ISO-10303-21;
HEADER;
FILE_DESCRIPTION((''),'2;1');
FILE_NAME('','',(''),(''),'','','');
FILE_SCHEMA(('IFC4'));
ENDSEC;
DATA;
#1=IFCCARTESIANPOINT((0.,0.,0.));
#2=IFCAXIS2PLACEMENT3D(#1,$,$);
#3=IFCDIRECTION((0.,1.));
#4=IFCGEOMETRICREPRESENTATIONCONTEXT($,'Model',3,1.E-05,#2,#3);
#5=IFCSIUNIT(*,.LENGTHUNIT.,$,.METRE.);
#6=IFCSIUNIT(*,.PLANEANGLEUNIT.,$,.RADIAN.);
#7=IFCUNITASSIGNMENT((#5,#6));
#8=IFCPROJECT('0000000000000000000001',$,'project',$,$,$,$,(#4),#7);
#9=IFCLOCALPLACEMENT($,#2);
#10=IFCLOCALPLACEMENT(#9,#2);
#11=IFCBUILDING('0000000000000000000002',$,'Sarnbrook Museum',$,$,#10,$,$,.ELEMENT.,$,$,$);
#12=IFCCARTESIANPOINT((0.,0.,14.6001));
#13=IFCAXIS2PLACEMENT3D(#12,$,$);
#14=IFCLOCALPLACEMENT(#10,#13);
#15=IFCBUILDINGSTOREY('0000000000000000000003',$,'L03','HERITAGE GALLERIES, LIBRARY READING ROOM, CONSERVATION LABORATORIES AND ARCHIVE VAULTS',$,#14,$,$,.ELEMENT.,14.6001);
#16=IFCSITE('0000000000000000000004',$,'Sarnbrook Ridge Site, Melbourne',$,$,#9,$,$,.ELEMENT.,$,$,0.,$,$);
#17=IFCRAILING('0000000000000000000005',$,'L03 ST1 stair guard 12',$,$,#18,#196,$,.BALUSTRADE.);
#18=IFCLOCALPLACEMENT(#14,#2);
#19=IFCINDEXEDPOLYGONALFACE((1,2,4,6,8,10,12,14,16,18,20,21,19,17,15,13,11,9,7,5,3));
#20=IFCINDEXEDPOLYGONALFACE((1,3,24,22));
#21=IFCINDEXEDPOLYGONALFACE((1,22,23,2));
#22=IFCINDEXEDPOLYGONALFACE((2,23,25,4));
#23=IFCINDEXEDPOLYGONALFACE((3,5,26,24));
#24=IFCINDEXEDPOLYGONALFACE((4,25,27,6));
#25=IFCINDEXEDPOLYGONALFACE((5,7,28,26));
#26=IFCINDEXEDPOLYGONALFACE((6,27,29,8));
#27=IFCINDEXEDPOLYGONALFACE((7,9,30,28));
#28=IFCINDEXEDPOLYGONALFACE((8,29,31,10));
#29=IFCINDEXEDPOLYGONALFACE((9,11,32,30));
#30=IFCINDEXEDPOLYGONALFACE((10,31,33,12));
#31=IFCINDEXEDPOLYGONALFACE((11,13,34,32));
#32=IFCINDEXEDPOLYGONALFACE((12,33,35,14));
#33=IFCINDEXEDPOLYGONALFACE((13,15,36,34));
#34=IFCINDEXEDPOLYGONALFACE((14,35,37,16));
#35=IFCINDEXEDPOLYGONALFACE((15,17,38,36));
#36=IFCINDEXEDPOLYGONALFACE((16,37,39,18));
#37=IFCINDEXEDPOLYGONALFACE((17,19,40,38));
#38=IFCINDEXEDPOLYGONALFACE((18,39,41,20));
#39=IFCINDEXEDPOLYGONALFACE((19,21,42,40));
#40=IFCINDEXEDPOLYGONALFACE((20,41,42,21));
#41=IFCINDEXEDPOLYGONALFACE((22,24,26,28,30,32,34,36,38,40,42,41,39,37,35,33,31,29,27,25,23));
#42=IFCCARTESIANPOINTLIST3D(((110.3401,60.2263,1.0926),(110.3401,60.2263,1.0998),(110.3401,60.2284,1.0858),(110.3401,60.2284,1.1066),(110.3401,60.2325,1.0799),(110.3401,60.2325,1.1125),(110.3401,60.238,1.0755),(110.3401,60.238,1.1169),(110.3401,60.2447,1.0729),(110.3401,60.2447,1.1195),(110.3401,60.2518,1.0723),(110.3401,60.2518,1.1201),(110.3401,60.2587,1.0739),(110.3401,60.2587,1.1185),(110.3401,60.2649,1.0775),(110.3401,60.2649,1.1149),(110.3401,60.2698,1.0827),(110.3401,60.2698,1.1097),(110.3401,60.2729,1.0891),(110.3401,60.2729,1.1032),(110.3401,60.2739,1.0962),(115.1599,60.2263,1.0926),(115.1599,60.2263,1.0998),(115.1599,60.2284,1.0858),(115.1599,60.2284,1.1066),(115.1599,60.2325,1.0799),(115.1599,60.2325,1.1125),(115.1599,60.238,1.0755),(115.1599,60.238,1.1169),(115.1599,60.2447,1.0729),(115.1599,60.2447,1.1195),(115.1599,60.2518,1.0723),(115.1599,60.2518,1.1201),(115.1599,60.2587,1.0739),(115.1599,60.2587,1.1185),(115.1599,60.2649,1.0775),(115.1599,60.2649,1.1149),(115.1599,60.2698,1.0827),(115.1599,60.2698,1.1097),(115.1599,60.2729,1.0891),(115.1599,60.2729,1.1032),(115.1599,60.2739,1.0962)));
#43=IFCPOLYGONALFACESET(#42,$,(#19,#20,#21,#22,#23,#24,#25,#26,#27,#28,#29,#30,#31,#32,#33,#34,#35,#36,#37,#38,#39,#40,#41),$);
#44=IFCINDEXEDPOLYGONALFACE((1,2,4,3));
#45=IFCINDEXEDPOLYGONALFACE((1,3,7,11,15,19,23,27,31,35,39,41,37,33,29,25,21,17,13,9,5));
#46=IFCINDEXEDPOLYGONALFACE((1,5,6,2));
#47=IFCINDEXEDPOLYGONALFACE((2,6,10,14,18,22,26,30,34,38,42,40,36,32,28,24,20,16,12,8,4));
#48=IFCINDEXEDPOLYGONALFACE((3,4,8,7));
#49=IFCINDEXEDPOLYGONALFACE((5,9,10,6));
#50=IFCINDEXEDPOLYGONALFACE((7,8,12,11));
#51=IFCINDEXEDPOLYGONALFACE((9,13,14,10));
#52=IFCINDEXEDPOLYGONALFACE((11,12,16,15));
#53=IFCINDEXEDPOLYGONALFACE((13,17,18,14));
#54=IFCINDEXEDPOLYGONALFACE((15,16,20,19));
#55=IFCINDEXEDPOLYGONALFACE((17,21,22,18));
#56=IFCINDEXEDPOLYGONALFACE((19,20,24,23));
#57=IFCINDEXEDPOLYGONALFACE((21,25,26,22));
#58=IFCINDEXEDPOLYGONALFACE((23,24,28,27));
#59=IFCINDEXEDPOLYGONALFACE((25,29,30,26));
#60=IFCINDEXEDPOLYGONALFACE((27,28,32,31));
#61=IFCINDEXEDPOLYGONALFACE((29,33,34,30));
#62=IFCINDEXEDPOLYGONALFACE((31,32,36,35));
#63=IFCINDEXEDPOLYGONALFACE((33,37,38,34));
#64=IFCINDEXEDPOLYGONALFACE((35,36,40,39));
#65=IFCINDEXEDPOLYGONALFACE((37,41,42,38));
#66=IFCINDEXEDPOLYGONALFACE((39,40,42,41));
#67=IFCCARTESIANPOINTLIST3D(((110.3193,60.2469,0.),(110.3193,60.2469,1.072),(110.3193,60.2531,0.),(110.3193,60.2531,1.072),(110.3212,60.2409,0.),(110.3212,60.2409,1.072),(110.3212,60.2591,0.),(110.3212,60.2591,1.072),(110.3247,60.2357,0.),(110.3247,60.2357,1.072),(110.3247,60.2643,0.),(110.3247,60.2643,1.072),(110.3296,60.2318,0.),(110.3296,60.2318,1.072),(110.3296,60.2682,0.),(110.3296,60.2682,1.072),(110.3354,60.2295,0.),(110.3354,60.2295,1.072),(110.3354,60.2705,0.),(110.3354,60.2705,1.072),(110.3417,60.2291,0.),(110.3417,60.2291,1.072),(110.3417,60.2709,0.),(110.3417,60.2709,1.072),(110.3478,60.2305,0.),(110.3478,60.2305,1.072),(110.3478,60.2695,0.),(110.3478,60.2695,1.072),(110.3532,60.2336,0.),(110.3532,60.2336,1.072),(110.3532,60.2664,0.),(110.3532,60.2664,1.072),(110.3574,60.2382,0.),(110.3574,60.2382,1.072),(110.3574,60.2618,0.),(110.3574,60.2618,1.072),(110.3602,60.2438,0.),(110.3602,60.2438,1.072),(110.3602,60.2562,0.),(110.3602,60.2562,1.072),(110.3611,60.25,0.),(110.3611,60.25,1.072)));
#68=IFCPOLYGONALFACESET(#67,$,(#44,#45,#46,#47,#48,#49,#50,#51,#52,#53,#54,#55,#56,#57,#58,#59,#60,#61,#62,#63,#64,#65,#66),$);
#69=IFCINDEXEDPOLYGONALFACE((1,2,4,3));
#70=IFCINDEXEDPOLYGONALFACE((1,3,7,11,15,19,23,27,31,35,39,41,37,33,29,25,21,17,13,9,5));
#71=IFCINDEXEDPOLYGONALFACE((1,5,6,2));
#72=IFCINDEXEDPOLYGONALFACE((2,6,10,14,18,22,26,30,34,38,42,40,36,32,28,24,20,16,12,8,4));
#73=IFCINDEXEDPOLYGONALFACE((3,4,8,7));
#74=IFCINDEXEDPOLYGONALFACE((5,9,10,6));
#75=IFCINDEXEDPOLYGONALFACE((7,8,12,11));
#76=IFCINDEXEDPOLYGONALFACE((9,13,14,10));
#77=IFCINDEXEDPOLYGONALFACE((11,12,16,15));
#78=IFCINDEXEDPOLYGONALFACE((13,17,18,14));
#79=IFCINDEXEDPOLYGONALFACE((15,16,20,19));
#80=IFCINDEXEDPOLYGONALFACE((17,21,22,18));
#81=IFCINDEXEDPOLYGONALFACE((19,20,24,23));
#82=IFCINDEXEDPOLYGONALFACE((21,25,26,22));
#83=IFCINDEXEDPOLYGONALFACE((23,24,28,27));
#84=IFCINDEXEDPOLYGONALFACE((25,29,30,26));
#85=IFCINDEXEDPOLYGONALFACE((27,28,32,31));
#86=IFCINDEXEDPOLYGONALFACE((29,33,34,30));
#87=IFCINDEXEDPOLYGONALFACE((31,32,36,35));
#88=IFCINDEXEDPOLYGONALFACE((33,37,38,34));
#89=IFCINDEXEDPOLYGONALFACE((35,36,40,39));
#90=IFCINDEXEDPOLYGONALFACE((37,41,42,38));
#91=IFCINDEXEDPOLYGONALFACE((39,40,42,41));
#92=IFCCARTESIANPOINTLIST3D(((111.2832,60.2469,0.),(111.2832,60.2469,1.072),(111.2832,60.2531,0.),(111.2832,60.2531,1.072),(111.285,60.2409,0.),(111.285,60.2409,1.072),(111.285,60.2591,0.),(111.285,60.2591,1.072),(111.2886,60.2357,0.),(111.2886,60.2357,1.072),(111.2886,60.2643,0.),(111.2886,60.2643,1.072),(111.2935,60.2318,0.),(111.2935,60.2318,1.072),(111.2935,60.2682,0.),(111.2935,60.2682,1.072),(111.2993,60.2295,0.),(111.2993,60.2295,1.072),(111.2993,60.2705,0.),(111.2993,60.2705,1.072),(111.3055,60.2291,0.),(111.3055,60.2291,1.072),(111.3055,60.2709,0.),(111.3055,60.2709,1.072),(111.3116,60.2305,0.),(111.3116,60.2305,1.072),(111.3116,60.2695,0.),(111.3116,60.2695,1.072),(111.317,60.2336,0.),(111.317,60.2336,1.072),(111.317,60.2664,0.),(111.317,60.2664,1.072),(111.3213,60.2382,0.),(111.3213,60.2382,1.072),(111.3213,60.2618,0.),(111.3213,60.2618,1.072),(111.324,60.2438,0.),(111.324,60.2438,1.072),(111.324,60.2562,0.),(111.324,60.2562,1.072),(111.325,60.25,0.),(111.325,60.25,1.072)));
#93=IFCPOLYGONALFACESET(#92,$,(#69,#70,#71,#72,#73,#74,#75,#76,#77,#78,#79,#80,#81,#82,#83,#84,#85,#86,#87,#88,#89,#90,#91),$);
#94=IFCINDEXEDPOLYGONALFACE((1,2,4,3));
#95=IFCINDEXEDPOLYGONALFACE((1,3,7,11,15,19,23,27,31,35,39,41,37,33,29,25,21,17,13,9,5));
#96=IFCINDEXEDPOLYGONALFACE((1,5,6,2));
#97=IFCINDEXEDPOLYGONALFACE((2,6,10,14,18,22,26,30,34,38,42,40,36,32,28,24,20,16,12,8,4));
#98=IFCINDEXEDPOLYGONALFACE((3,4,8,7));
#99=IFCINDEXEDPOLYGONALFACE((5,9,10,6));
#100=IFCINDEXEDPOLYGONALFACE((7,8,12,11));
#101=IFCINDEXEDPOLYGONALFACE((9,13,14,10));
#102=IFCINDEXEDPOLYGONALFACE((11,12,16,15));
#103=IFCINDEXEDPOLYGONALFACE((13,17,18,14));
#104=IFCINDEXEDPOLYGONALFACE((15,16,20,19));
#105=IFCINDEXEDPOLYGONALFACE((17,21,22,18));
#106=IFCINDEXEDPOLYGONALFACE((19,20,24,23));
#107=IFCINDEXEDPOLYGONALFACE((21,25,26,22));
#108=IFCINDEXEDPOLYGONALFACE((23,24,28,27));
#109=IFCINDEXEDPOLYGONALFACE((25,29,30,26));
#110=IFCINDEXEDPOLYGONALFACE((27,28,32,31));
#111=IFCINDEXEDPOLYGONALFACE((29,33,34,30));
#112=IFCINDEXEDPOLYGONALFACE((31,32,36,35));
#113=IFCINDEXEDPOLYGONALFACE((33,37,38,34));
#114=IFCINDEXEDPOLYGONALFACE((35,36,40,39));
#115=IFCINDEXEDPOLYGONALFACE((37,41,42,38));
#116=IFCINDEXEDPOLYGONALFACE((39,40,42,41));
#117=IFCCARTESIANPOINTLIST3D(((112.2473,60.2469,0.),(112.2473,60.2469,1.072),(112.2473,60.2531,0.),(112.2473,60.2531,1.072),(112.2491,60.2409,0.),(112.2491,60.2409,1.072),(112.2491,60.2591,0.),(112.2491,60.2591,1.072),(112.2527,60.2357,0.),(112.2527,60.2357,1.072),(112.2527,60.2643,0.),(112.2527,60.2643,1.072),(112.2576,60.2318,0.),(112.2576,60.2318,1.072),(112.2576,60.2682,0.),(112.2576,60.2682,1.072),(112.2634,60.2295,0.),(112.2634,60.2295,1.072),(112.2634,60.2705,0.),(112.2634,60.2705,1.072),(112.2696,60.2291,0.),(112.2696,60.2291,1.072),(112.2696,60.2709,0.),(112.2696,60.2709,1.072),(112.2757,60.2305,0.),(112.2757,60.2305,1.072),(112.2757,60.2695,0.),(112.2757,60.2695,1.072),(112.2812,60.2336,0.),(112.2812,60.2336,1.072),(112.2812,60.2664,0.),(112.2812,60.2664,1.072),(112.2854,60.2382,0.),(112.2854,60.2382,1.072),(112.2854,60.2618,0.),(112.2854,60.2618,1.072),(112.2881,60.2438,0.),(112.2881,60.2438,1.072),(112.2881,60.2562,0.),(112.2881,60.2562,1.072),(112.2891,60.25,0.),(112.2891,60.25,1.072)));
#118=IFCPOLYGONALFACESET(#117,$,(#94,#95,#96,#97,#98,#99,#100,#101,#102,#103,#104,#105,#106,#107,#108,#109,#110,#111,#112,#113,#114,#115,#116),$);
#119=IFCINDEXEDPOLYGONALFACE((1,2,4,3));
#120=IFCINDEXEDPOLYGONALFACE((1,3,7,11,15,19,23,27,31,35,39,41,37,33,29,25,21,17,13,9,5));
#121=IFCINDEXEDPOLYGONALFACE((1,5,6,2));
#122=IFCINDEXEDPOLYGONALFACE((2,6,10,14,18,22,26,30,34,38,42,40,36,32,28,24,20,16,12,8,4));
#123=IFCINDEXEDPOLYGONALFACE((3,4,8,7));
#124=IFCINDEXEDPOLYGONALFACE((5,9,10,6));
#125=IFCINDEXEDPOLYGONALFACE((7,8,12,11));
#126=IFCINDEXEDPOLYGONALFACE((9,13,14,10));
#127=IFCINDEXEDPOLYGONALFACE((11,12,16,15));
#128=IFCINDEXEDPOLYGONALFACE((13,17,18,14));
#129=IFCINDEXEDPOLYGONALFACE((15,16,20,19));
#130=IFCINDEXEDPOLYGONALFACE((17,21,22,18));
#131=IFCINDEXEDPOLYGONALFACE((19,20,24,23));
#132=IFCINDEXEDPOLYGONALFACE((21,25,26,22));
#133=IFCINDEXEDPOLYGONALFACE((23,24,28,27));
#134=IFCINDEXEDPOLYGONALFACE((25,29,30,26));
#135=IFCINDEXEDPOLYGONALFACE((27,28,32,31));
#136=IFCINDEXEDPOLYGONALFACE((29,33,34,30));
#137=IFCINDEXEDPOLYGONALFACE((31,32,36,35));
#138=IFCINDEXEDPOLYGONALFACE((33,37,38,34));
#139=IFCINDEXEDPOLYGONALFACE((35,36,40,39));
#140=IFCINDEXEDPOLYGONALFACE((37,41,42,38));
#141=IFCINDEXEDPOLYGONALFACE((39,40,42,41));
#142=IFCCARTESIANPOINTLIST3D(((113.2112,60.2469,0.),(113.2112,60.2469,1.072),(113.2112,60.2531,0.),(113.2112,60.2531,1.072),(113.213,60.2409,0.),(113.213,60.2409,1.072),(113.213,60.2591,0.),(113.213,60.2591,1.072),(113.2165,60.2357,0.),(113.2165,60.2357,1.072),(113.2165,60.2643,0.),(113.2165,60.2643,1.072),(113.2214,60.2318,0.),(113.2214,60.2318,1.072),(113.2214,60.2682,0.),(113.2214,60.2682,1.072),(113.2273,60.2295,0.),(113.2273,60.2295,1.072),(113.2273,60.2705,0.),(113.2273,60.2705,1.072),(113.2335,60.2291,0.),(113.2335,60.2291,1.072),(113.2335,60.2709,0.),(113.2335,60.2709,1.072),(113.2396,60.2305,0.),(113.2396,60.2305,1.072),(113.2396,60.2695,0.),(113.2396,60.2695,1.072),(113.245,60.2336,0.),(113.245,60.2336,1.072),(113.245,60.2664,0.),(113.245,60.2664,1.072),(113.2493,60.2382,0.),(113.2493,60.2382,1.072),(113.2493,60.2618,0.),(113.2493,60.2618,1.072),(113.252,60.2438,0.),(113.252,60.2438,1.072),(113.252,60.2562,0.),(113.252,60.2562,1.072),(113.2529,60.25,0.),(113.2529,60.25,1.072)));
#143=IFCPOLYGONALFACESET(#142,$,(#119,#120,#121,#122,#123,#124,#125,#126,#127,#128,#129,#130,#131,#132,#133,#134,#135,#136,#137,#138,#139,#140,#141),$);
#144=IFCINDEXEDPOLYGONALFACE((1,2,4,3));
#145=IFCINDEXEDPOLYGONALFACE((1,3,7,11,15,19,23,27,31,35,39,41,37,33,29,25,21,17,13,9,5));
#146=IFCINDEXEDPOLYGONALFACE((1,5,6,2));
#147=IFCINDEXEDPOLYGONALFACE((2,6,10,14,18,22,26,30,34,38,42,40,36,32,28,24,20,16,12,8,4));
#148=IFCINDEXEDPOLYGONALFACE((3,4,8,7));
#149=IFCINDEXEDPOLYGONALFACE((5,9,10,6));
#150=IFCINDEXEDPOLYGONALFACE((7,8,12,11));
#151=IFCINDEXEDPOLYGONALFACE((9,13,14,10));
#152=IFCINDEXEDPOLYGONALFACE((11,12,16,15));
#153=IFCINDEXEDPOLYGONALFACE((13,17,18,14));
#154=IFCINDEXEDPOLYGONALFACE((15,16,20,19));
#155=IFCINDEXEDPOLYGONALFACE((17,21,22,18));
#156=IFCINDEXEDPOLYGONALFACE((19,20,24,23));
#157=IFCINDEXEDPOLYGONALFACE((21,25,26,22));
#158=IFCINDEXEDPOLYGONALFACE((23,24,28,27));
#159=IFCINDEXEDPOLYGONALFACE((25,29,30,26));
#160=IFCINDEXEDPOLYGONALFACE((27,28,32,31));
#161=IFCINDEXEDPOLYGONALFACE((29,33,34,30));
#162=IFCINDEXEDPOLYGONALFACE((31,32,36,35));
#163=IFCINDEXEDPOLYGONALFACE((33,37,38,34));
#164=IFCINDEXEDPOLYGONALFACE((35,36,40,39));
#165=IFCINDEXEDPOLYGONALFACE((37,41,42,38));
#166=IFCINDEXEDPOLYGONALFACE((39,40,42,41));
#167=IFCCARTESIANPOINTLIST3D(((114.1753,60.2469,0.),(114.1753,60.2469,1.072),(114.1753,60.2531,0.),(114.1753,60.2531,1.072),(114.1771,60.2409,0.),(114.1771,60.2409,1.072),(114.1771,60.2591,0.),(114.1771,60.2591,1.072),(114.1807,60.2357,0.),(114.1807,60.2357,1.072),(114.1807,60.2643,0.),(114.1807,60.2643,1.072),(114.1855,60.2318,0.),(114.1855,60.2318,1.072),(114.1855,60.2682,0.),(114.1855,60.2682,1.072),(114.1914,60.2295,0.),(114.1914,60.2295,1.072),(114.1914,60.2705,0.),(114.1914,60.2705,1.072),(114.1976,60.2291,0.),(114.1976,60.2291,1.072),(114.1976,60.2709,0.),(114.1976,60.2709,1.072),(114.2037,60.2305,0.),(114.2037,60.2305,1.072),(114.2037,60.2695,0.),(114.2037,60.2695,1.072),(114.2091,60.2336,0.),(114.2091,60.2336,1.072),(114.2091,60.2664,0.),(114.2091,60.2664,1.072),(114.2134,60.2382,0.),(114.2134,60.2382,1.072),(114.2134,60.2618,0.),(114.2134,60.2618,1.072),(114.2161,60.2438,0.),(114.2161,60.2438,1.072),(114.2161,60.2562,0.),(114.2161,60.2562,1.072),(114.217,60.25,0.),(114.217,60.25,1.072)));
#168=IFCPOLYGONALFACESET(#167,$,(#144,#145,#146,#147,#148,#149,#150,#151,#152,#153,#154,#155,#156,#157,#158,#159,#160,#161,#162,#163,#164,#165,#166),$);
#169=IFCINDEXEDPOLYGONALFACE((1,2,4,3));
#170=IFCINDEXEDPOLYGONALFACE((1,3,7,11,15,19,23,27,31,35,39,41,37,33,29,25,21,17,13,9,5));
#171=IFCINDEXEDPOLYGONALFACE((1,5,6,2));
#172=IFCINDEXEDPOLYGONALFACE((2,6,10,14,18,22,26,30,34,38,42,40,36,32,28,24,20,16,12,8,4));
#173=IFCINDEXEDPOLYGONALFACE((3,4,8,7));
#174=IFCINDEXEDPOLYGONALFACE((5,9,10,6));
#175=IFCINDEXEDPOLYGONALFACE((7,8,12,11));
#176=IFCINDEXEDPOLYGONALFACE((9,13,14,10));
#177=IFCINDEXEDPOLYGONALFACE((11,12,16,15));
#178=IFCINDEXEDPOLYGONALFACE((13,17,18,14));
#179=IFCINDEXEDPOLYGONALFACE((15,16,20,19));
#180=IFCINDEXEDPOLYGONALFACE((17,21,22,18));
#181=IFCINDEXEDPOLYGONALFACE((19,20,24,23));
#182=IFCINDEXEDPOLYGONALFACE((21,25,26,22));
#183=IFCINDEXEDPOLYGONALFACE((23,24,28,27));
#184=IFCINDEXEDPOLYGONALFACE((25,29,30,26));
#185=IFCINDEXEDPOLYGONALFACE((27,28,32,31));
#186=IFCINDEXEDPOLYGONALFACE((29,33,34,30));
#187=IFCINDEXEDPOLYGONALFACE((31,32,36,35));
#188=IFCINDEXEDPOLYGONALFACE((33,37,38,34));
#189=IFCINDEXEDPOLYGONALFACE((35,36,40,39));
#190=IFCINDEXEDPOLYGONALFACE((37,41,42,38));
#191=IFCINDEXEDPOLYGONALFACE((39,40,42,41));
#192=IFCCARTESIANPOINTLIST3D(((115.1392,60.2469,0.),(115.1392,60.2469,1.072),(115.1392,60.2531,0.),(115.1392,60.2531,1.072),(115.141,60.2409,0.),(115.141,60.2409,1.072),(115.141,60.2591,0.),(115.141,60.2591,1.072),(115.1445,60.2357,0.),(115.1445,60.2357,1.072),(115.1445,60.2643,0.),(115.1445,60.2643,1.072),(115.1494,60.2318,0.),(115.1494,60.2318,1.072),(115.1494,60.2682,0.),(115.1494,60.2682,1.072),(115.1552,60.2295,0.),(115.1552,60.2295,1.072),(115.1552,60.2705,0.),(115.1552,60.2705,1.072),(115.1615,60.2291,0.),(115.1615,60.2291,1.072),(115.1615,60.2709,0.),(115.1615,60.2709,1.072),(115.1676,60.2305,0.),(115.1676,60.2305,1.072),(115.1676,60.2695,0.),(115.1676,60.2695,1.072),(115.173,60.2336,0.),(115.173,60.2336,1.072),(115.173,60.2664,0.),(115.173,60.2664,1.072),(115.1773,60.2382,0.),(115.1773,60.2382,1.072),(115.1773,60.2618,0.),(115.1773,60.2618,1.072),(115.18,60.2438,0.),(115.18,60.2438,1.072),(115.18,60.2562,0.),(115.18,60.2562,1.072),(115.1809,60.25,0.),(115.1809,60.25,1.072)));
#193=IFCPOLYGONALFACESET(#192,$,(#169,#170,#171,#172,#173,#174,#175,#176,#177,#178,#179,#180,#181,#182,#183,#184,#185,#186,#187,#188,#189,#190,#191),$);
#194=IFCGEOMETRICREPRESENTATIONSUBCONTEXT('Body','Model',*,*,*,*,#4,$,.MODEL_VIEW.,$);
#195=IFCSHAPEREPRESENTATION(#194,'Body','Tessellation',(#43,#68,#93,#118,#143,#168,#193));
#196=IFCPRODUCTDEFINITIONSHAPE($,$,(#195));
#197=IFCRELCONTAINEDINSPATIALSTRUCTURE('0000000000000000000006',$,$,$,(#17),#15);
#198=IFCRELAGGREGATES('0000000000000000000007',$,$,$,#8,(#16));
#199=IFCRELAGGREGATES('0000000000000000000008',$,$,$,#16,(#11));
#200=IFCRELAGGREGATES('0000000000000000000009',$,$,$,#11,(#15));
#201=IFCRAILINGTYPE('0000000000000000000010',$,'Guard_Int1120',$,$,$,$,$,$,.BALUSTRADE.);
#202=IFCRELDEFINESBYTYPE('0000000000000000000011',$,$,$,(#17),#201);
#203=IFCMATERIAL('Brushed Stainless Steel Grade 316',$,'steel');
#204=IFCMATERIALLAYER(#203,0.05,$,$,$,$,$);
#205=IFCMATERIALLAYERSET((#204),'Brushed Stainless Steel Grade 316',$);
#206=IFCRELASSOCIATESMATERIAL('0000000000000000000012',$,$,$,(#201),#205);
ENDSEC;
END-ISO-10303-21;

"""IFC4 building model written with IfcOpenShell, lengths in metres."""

from ifc_helpers import new_model, si_unit, direction, frame, origin, origin_2d, place, context, subcontext, project, spatial, circle, extrude, material, layer, layer_set, type_object, element, save


model = new_model("IFC4")

# Units and contexts
model_context = context("Model", 3, precision=1e-05, world=origin(), true_north=direction((0.0, 1.0)))
body_context = subcontext(model_context, "Body", "Model", "MODEL_VIEW")
ifc_project = project(units=[si_unit("LENGTHUNIT", "METRE"), si_unit("PLANEANGLEUNIT", "RADIAN")], contexts=[model_context])

# Site, building, storey
site_placement = place(None, origin())
site = spatial("IfcSite", under=ifc_project, at=site_placement, Name="Sarnbrook Ridge Site, Melbourne", CompositionType="ELEMENT", RefElevation=0.0)
building_placement = place(site_placement, origin())
building = spatial("IfcBuilding", under=site, at=building_placement, Name="Sarnbrook Museum", CompositionType="ELEMENT")
storey_placement = place(building_placement, frame((0.0, 0.0, 14.6001)))
storey = spatial("IfcBuildingStorey", under=building, at=storey_placement, Name="L03", Description="HERITAGE GALLERIES, LIBRARY READING ROOM, CONSERVATION LABORATORIES AND ARCHIVE VAULTS", CompositionType="ELEMENT", Elevation=14.6001)

# Railing
ifc_material_1 = material(Name="Brushed Stainless Steel Grade 316", Category="steel")
ifc_layer_1 = layer(ifc_material_1, 0.05)
ifc_layer_set_1 = layer_set([ifc_layer_1], Name="Brushed Stainless Steel Grade 316")
railing_type_1 = type_object("IfcRailingType", Name="Guard_Int1120", PredefinedType="BALUSTRADE", material=ifc_layer_set_1)
railing_1_placement = place(storey_placement, frame((110.3401, 60.25, 0.0)))
element("IfcRailing", 1, at=railing_1_placement, inside=storey, type_object=railing_type_1, Name="L03 ST1 stair guard 12", PredefinedType="BALUSTRADE", context=body_context, shape_type="SweptSolid", body=[
    extrude(circle(Radius=0.0239, at=origin_2d()), frame((0.0, 0.0, 1.0962), z_axis=(1.0, 0.0, 0.0), x_axis=(0.0, 1.0, 0.0)), (0.0, 0.0, 1.0), 4.8198),
    extrude(circle(Radius=0.021, at=origin_2d()), origin(), (0.0, 0.0, 1.0), 1.072),
    extrude(circle(Radius=0.021, at=origin_2d()), frame((0.9639, 0.0, 0.0)), (0.0, 0.0, 1.0), 1.072),
    extrude(circle(Radius=0.021, at=origin_2d()), frame((1.928, 0.0, 0.0)), (0.0, 0.0, 1.0), 1.072),
    extrude(circle(Radius=0.021, at=origin_2d()), frame((2.8918, 0.0, 0.0)), (0.0, 0.0, 1.0), 1.072),
    extrude(circle(Radius=0.021, at=origin_2d()), frame((3.856, 0.0, 0.0)), (0.0, 0.0, 1.0), 1.072),
    extrude(circle(Radius=0.021, at=origin_2d()), frame((4.8198, 0.0, 0.0)), (0.0, 0.0, 1.0), 1.072),
])

save(model, "model.ifc")
